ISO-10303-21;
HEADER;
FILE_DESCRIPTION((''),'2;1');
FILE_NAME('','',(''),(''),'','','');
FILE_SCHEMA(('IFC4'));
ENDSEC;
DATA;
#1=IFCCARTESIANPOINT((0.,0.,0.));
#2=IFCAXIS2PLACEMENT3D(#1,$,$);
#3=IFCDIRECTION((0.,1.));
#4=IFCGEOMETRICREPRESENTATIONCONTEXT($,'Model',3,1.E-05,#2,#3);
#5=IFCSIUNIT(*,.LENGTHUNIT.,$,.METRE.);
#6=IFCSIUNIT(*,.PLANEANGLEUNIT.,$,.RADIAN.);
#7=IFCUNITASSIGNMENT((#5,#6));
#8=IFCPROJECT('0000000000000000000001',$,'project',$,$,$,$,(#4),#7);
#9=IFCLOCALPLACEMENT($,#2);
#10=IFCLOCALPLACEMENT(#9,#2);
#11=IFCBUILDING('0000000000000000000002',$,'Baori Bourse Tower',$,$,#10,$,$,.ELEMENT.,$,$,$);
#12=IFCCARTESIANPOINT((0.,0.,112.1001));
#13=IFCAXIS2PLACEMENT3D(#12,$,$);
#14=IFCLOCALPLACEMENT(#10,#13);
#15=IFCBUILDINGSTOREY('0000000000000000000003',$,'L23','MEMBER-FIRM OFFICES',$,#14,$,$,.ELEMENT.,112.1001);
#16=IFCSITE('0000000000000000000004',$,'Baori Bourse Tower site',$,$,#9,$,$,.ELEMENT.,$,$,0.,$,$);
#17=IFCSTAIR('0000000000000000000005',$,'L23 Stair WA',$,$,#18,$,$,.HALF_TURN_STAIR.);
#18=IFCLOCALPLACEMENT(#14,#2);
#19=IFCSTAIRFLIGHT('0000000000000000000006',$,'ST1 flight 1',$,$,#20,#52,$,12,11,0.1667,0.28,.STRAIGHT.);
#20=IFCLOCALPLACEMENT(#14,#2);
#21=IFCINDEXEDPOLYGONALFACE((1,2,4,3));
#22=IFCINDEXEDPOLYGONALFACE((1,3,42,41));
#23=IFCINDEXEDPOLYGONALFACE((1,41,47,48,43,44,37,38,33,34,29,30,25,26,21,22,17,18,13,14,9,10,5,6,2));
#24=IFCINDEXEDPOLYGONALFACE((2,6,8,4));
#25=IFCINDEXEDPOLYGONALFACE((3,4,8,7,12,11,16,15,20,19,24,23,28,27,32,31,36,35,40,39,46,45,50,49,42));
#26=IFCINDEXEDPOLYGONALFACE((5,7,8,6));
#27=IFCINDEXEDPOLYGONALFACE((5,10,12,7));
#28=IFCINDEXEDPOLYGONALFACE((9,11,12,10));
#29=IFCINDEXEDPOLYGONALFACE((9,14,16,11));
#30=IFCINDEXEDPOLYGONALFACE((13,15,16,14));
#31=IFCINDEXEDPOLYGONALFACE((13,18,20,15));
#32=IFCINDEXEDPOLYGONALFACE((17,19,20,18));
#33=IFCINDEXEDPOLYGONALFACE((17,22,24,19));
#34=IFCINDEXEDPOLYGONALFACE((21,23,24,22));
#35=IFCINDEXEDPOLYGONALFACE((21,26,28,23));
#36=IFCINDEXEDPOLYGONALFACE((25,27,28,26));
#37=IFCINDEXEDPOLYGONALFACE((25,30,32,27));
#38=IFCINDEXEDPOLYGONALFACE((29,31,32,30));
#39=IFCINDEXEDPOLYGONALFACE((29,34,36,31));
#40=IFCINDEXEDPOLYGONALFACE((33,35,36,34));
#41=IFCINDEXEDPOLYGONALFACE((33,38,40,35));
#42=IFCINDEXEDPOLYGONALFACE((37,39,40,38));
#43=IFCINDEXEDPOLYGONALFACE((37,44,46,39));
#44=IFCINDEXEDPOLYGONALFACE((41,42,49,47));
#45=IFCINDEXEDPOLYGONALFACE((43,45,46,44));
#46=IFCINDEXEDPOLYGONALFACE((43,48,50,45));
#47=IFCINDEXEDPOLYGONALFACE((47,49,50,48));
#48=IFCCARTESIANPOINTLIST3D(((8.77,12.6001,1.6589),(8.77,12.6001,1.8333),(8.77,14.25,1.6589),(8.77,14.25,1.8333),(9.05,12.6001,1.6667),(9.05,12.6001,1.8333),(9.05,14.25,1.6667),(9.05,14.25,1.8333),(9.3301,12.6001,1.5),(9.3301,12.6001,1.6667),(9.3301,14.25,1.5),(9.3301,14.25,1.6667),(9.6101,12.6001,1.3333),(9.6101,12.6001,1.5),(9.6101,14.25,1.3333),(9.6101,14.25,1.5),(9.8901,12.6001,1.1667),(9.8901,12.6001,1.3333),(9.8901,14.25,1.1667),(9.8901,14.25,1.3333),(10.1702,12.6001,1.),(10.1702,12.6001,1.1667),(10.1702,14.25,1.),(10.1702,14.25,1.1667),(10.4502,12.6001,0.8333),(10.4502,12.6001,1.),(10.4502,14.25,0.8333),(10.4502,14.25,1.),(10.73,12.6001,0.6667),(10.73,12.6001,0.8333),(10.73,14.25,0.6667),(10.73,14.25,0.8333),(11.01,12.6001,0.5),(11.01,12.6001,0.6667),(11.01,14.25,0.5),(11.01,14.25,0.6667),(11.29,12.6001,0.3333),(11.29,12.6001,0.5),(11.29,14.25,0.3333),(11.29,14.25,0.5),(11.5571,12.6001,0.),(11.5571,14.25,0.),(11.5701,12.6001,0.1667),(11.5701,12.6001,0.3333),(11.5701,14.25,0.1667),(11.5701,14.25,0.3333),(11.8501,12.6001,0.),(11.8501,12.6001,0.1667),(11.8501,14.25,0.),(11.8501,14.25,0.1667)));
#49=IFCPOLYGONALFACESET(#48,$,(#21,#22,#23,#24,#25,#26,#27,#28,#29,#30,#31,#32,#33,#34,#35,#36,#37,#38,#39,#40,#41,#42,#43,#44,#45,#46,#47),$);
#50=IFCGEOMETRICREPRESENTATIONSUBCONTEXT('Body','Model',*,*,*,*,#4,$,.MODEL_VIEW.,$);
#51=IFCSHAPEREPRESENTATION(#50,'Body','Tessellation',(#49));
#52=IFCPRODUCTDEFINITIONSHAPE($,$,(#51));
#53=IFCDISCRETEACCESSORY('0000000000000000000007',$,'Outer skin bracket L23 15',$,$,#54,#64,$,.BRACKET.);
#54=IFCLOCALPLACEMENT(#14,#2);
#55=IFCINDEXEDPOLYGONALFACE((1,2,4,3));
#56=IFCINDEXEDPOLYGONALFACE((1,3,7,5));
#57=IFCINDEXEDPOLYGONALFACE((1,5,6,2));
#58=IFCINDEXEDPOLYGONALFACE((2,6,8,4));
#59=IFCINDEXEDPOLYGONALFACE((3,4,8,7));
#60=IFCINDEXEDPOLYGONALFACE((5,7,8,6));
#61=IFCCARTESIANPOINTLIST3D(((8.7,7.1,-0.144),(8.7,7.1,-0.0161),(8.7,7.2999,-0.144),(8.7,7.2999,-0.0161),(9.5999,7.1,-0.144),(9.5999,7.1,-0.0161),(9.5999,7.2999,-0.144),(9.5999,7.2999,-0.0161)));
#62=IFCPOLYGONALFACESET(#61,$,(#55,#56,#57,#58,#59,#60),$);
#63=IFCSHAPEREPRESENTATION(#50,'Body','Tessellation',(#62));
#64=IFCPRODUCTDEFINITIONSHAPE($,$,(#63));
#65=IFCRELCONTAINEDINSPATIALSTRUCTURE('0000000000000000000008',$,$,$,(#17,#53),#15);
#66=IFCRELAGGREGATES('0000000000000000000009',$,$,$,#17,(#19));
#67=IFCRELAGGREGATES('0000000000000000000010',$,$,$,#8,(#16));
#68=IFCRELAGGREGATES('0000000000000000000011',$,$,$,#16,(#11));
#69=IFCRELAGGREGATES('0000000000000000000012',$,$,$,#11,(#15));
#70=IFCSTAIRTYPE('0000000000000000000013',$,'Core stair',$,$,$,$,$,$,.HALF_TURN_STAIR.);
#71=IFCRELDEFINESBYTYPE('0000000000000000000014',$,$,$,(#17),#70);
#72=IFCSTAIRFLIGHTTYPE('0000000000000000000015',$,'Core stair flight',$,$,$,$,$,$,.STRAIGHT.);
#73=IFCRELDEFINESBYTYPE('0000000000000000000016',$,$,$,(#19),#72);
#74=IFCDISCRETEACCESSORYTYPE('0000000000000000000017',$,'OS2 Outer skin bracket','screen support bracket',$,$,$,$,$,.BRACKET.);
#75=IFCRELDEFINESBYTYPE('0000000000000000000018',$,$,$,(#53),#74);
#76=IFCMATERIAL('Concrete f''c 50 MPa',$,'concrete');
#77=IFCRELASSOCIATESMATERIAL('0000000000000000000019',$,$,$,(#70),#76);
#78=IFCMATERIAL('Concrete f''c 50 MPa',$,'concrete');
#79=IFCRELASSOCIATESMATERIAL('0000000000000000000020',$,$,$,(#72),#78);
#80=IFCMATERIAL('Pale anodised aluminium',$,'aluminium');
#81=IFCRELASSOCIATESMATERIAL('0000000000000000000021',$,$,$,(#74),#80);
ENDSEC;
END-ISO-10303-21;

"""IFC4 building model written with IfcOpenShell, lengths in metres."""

from ifc_helpers import new_model, si_unit, direction, frame, origin, origin_2d, place, context, subcontext, project, spatial, polyline, rectangle, outline, extrude, material, type_object, element, aggregate, save


model = new_model("IFC4")

# Units and contexts
model_context = context("Model", 3, precision=1e-05, world=origin(), true_north=direction((0.0, 1.0)))
body_context = subcontext(model_context, "Body", "Model", "MODEL_VIEW")
ifc_project = project(units=[si_unit("LENGTHUNIT", "METRE"), si_unit("PLANEANGLEUNIT", "RADIAN")], contexts=[model_context])

# Site, building, storey
site_placement = place(None, origin())
site = spatial("IfcSite", under=ifc_project, at=site_placement, Name="Baori Bourse Tower site", CompositionType="ELEMENT", RefElevation=0.0)
building_placement = place(site_placement, origin())
building = spatial("IfcBuilding", under=site, at=building_placement, Name="Baori Bourse Tower", CompositionType="ELEMENT")
storey_placement = place(building_placement, frame((0.0, 0.0, 112.1001)))
storey = spatial("IfcBuildingStorey", under=building, at=storey_placement, Name="L23", Description="MEMBER-FIRM OFFICES", CompositionType="ELEMENT", Elevation=112.1001)

# Stair, stair flight
ifc_material_1 = material(Name="Concrete f'c 50 MPa", Category="concrete")
stair_type = type_object("IfcStairType", Name="Core stair", PredefinedType="HALF_TURN_STAIR", material=ifc_material_1)
stair_placement = place(storey_placement, origin())
stair = element("IfcStair", 1, at=stair_placement, inside=storey, type_object=stair_type, Name="L23 Stair WA", PredefinedType="HALF_TURN_STAIR")
ifc_material_2 = material(Name="Concrete f'c 50 MPa", Category="concrete")
stair_flight_type = type_object("IfcStairFlightType", Name="Core stair flight", PredefinedType="STRAIGHT", material=ifc_material_2)
stair_flight_placement = place(storey_placement, frame((11.8501, 13.425, 0.0), z_axis=(0.0, 0.0, 1.0), x_axis=(-1.0, 0.0, 0.0)))
stair_flight = element("IfcStairFlight", 2, at=stair_flight_placement, type_object=stair_flight_type, Name="ST1 flight 1", NumberOfRisers=12, NumberOfTreads=11, PredefinedType="STRAIGHT", RiserHeight=0.1667, TreadLength=0.28, context=body_context, shape_type="SweptSolid", body=[
    extrude(outline(polyline([(0.0, 0.0), (0.0, 0.1667), (0.28, 0.1667), (0.28, 0.3333), (0.5601, 0.3333), (0.5601, 0.5), (0.8401, 0.5), (0.8401, 0.6667), (1.1201, 0.6667), (1.1201, 0.8333), (1.3999, 0.8333), (1.3999, 1.0), (1.6799, 1.0), (1.6799, 1.1667), (1.96, 1.1667), (1.96, 1.3333), (2.24, 1.3333), (2.24, 1.5), (2.52, 1.5), (2.52, 1.6667), (2.8, 1.6667), (2.8, 1.8333), (3.0801, 1.8333), (3.0801, 2.0), (3.0801, 1.6589), (0.293, 0.0), (0.0, 0.0)])), frame((0.0, 0.825, 0.0), z_axis=(0.0, -1.0, 0.0), x_axis=(1.0, 0.0, 0.0)), (0.0, 0.0, 1.0), 1.6499),
])
aggregate(stair, [stair_flight])

# Discrete accessory
ifc_material_3 = material(Name="Pale anodised aluminium", Category="aluminium")
discrete_accessory_type = type_object("IfcDiscreteAccessoryType", Name="OS2 Outer skin bracket", Description="screen support bracket", PredefinedType="BRACKET", material=ifc_material_3)
discrete_accessory_placement = place(storey_placement, frame((9.1499, 7.2, -0.144), z_axis=(0.0, 0.0, 1.0), x_axis=(0.0, -1.0, 0.0)))
element("IfcDiscreteAccessory", 3, at=discrete_accessory_placement, inside=storey, type_object=discrete_accessory_type, Name="Outer skin bracket L23 15", PredefinedType="BRACKET", context=body_context, shape_type="SweptSolid", body=[
    extrude(rectangle(XDim=0.2, YDim=0.8999, at=origin_2d()), origin(), (0.0, 0.0, 1.0), 0.1279),
])

save(model, "model.ifc")
